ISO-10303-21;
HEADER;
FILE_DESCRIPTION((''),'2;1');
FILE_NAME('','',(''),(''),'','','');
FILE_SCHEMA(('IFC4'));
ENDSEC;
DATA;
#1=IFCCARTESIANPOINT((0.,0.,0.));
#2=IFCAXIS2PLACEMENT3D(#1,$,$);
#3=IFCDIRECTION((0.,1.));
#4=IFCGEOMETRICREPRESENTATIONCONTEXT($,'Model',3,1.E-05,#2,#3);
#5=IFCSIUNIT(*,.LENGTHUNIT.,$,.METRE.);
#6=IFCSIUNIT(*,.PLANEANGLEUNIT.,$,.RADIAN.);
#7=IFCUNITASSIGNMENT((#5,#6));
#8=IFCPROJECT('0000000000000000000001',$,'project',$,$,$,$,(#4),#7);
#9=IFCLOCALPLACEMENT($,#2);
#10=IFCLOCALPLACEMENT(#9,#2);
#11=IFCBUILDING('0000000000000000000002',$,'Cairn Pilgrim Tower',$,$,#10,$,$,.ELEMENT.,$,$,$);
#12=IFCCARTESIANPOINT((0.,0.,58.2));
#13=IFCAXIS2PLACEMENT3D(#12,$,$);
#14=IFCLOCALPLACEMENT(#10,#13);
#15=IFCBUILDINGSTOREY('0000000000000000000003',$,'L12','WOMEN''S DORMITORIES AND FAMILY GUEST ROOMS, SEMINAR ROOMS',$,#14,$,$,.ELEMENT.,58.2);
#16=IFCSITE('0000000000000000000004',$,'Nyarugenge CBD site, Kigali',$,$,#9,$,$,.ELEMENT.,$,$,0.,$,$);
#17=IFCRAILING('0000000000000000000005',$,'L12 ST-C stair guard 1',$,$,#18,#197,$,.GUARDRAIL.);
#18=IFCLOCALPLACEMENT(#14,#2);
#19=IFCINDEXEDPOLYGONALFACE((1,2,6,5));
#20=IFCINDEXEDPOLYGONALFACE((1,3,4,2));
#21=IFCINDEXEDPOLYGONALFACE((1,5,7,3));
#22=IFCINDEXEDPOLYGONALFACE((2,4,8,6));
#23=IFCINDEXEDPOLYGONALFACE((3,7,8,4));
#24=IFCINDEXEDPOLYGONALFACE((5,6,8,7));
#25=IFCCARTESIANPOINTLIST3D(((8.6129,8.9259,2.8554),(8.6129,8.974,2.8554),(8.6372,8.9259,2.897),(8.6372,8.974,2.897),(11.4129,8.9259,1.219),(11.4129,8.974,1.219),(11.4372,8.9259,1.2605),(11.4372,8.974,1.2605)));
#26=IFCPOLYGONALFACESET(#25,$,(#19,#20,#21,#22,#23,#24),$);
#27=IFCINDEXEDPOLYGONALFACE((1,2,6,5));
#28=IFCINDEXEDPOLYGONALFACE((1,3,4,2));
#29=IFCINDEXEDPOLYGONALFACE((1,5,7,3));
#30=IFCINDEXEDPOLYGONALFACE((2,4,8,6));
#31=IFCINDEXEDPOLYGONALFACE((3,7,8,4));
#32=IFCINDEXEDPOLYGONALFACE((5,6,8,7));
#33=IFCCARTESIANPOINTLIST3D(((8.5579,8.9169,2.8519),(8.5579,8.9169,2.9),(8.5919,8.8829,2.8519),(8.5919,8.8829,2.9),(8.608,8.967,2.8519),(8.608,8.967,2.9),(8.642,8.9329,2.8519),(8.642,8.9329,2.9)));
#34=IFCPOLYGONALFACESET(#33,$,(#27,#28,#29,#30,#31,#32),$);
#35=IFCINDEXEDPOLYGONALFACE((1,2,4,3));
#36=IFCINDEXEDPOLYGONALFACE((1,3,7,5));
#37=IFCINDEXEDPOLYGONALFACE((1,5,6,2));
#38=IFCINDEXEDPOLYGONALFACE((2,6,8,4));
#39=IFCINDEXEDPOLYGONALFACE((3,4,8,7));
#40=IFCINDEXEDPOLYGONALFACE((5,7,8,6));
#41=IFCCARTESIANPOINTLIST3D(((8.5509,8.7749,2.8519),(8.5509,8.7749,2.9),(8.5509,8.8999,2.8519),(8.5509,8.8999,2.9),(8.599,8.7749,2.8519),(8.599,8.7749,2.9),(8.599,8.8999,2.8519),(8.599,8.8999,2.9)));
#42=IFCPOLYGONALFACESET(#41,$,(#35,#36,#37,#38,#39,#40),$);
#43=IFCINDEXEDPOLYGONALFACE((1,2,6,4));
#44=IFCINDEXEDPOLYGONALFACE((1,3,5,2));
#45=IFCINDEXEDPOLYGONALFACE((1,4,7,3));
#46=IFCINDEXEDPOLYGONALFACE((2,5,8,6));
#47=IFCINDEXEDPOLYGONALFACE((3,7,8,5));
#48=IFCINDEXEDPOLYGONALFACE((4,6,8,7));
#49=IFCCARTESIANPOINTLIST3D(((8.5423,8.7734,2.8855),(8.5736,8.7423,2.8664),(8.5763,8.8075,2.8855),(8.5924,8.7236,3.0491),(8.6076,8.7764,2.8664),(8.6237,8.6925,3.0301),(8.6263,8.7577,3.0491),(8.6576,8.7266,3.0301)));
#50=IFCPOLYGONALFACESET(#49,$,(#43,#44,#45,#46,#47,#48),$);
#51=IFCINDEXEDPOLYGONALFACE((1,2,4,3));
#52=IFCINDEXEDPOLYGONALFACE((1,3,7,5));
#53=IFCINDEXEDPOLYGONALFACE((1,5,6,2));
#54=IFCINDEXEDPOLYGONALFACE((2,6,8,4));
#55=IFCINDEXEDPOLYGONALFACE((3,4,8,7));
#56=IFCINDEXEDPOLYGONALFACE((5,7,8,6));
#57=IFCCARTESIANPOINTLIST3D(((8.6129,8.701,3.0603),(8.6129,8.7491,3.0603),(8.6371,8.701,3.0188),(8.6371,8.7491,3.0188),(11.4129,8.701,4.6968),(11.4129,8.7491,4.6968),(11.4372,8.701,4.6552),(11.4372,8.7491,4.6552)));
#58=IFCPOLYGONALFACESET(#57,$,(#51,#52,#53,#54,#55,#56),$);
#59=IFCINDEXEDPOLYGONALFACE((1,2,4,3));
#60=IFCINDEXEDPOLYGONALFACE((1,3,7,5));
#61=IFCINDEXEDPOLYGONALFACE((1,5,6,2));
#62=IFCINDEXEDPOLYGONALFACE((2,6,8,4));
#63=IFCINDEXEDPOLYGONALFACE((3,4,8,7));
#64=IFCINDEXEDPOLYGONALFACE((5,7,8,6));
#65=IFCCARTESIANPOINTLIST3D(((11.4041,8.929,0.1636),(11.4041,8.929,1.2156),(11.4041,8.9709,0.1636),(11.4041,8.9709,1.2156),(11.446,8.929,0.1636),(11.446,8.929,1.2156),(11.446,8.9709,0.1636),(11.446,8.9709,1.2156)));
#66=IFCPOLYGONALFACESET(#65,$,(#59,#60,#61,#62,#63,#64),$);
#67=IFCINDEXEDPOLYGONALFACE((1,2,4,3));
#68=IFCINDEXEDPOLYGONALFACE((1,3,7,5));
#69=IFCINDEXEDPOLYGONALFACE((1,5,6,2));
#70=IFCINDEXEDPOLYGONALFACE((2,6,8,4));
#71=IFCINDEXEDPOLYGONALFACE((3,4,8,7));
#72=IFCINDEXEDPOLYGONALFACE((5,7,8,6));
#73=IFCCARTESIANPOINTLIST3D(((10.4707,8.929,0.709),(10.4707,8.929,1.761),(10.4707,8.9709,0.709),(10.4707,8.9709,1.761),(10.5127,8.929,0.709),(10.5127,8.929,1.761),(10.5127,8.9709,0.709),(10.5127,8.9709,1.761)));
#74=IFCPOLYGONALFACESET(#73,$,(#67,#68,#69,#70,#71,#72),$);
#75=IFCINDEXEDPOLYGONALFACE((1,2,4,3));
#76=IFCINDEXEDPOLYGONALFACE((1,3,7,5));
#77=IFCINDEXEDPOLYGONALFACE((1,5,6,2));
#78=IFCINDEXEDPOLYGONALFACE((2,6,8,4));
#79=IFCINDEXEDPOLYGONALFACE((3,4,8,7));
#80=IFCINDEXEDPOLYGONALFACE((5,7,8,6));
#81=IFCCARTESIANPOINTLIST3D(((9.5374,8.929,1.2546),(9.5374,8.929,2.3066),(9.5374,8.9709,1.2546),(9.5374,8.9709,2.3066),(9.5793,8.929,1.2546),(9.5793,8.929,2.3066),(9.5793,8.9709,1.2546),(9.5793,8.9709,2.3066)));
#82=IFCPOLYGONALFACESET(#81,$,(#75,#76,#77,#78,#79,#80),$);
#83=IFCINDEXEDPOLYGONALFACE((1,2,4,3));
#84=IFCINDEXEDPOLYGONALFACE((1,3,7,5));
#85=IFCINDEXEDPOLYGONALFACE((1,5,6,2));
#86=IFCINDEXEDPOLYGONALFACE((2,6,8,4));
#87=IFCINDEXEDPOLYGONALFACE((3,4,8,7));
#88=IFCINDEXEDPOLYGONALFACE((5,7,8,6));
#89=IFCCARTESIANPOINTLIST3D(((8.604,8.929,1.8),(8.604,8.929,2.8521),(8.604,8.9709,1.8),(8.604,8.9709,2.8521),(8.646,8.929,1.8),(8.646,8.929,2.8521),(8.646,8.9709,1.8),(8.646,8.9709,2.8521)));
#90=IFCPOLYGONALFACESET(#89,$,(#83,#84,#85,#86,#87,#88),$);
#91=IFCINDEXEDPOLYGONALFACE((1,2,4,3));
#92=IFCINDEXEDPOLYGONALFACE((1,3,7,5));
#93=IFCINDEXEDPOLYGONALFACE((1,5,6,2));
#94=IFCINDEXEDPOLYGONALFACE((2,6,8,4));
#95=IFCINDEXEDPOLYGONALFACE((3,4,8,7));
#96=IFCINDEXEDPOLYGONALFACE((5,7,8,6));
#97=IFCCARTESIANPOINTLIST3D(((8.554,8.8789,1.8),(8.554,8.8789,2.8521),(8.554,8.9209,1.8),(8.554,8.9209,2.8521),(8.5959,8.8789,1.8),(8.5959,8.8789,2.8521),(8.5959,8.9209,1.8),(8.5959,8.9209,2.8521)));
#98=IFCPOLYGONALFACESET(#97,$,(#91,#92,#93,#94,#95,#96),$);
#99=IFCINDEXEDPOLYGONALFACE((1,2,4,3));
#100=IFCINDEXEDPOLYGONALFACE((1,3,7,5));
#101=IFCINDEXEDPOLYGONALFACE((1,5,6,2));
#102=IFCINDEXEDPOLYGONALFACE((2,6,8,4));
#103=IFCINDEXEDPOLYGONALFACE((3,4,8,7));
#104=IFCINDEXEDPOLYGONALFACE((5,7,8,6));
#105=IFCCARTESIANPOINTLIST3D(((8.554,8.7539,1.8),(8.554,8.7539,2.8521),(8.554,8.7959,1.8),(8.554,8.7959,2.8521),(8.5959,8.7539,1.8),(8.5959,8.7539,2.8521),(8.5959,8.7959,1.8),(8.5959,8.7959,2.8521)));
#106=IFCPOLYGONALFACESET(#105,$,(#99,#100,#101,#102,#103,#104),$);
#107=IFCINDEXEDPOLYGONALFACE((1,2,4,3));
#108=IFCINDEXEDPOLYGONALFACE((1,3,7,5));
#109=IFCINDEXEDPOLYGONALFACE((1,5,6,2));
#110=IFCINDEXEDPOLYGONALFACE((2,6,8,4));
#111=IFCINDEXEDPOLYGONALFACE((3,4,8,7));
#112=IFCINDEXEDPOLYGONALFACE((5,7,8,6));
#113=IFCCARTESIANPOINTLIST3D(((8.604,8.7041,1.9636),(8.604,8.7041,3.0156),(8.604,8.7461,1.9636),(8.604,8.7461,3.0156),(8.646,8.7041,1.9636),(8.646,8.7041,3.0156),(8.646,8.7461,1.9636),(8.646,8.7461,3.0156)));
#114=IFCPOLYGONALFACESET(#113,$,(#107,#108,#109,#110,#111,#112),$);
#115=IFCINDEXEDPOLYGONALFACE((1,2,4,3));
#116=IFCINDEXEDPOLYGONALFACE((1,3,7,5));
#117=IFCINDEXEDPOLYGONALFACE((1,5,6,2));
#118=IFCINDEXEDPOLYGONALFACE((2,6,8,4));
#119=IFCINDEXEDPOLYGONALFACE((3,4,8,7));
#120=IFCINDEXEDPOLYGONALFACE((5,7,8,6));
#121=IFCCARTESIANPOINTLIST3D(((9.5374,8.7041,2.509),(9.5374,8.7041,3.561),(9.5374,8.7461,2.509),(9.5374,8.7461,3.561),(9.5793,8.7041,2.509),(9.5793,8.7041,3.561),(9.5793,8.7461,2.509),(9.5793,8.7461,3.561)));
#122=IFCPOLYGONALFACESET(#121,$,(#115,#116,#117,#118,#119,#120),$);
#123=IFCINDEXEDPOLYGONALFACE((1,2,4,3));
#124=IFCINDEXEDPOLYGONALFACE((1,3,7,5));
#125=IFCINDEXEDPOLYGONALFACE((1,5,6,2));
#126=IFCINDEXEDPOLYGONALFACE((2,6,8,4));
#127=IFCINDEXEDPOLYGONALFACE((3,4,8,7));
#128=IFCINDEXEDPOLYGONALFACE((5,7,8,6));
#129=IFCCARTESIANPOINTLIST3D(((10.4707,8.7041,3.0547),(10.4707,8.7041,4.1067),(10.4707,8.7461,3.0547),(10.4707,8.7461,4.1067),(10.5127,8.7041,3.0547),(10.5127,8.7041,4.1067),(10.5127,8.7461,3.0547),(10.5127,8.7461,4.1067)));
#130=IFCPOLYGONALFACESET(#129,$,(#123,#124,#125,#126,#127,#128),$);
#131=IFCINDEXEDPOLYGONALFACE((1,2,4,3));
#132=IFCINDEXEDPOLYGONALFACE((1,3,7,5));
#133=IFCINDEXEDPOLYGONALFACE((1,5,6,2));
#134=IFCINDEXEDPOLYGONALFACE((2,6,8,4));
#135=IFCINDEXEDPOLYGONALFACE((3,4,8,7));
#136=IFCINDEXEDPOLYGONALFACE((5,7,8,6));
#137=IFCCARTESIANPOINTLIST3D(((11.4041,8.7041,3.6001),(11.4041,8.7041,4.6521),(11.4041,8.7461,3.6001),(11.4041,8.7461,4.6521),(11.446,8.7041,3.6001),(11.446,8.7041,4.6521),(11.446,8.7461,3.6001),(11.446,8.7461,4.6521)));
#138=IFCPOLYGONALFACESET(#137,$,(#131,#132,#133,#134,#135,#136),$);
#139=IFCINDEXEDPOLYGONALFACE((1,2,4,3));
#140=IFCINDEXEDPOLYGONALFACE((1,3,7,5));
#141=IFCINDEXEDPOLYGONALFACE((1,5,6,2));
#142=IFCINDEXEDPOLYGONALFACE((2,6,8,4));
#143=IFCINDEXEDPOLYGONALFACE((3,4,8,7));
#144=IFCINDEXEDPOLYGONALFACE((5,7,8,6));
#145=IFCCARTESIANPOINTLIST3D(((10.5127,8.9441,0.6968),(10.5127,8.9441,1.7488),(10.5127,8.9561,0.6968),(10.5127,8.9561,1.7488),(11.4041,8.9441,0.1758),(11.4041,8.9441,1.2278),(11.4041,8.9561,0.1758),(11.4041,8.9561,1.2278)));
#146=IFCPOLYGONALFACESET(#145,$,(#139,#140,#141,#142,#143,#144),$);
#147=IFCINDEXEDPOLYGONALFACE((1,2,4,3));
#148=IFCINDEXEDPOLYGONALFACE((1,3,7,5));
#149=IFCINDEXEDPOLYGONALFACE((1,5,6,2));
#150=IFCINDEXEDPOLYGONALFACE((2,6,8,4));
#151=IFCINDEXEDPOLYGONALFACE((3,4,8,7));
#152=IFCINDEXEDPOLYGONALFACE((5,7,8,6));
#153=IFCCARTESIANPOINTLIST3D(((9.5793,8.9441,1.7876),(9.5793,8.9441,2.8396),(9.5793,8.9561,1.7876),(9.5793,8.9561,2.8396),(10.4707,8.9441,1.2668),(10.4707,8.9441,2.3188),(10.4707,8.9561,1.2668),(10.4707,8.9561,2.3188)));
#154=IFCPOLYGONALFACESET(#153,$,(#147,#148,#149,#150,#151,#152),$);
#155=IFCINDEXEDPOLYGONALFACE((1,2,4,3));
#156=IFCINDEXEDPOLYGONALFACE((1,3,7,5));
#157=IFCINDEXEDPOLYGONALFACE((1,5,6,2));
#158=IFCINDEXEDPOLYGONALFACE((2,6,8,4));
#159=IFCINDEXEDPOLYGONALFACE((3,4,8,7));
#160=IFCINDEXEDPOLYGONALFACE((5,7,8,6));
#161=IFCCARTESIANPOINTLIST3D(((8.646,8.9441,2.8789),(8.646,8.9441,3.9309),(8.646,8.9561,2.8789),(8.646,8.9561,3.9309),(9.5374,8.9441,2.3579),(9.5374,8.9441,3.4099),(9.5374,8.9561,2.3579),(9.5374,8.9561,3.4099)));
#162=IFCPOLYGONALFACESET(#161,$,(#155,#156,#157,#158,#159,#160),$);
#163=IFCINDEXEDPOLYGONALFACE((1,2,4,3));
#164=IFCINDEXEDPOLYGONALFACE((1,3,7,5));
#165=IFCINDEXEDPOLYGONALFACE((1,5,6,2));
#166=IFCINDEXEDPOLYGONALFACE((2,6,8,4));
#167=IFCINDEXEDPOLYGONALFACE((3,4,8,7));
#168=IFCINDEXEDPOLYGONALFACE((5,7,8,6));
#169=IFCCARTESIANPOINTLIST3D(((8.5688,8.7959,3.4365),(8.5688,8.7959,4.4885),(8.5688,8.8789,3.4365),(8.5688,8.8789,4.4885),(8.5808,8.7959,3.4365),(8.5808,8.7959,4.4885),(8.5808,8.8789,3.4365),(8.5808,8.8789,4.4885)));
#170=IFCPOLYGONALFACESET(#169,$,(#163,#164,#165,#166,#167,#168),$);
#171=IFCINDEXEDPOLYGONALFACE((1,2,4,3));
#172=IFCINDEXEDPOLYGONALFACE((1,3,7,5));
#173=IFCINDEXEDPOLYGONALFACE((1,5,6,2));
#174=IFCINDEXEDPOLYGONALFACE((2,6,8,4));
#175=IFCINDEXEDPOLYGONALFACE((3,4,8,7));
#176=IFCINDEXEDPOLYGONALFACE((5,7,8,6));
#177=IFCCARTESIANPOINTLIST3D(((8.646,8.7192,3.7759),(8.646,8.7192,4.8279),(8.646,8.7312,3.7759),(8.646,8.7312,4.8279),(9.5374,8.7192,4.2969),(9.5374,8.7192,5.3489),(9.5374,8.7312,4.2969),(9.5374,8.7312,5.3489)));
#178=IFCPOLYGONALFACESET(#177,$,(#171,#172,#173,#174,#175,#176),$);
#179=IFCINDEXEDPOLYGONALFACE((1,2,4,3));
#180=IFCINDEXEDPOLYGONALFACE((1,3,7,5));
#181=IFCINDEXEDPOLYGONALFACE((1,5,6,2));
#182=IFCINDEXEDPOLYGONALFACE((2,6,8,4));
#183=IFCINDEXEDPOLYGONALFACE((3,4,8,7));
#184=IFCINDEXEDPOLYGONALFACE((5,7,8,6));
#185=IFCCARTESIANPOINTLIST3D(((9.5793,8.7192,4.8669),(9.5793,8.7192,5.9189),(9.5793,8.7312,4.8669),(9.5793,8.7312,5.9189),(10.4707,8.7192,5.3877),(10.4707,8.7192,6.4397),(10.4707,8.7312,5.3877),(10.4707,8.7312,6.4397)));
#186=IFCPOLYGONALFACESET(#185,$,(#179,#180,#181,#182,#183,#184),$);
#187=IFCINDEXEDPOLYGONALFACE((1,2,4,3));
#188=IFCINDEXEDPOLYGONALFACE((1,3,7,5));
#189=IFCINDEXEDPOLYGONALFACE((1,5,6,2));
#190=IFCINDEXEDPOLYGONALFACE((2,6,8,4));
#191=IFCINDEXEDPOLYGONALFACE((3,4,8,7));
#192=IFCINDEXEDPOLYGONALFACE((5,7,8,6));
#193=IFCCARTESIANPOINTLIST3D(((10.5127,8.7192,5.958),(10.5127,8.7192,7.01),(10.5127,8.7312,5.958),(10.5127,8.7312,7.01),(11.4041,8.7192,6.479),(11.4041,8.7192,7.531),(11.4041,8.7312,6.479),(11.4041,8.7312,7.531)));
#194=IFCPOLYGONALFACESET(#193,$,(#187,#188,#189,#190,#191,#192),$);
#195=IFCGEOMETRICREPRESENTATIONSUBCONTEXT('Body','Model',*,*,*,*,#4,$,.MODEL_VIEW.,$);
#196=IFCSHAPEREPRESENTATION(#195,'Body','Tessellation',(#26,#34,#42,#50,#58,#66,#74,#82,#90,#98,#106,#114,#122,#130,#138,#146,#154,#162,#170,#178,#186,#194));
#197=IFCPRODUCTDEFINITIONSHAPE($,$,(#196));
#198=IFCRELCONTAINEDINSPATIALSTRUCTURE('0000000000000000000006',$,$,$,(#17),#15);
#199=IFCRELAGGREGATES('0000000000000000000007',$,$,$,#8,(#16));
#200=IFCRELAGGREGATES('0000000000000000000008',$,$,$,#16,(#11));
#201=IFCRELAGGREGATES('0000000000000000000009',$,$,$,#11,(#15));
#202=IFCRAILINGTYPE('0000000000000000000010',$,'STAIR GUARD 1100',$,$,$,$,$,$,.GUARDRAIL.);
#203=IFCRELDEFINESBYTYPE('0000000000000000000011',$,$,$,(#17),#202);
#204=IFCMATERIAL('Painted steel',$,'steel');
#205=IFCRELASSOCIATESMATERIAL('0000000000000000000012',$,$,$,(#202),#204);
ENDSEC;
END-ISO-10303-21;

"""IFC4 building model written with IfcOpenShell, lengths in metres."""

from ifc_helpers import new_model, si_unit, direction, frame, origin, origin_2d, place, context, subcontext, project, spatial, polyline, rectangle, outline, extrude, material, type_object, element, save


model = new_model("IFC4")

# Units and contexts
model_context = context("Model", 3, precision=1e-05, world=origin(), true_north=direction((0.0, 1.0)))
body_context = subcontext(model_context, "Body", "Model", "MODEL_VIEW")
ifc_project = project(units=[si_unit("LENGTHUNIT", "METRE"), si_unit("PLANEANGLEUNIT", "RADIAN")], contexts=[model_context])

# Site, building, storey
site_placement = place(None, origin())
site = spatial("IfcSite", under=ifc_project, at=site_placement, Name="Nyarugenge CBD site, Kigali", CompositionType="ELEMENT", RefElevation=0.0)
building_placement = place(site_placement, origin())
building = spatial("IfcBuilding", under=site, at=building_placement, Name="Cairn Pilgrim Tower", CompositionType="ELEMENT")
storey_placement = place(building_placement, frame((0.0, 0.0, 58.2)))
storey = spatial("IfcBuildingStorey", under=building, at=storey_placement, Name="L12", Description="WOMEN'S DORMITORIES AND FAMILY GUEST ROOMS, SEMINAR ROOMS", CompositionType="ELEMENT", Elevation=58.2)

# Shared definitions
ifc_material_1 = material(Name="Painted steel", Category="steel")

# Railing
railing_type_1 = type_object("IfcRailingType", Name="STAIR GUARD 1100", PredefinedType="GUARDRAIL", material=ifc_material_1)
railing_1_placement = place(storey_placement, frame((11.425, 8.95, 0.1636)))
element("IfcRailing", 1, at=railing_1_placement, inside=storey, type_object=railing_type_1, Name="L12 ST-C stair guard 1", PredefinedType="GUARDRAIL", context=body_context, shape_type="SweptSolid", body=[
    extrude(rectangle(XDim=0.0481, YDim=0.0481, at=origin_2d()), frame((0.0, 0.0, 1.0762), z_axis=(-0.863361, 0.0, 0.504587), x_axis=(0.0, -1.0, 0.0)), (0.0, 0.0, 1.0), 3.2432),
    extrude(rectangle(XDim=0.0481, YDim=0.0481, at=origin_2d()), frame((-2.8, 0.0, 2.7124), z_axis=(-0.707107, -0.707107, 0.0), x_axis=(0.707107, -0.707107, 0.0)), (0.0, 0.0, 1.0), 0.0708),
    extrude(rectangle(XDim=0.0481, YDim=0.0481, at=origin_2d()), frame((-2.8501, -0.05, 2.7124), z_axis=(0.0, -1.0, 0.0), x_axis=(1.0, 0.0, 0.0)), (0.0, 0.0, 1.0), 0.125),
    extrude(rectangle(XDim=0.0481, YDim=0.0481, at=origin_2d()), frame((-2.8501, -0.175, 2.7124), z_axis=(0.280917, -0.279546, 0.918118), x_axis=(0.705376, 0.708834, 0.0)), (0.0, 0.0, 1.0), 0.1782),
    extrude(rectangle(XDim=0.0481, YDim=0.0481, at=origin_2d()), frame((-2.8, -0.2249, 2.876), z_axis=(0.863361, 0.0, 0.504587), x_axis=(0.0, 1.0, 0.0)), (0.0, 0.0, 1.0), 3.2432),
    extrude(rectangle(XDim=0.042, YDim=0.042, at=origin_2d()), origin(), (0.0, 0.0, 1.0), 1.052),
    extrude(rectangle(XDim=0.042, YDim=0.042, at=origin_2d()), frame((-0.9333, 0.0, 0.5454)), (0.0, 0.0, 1.0), 1.052),
    extrude(rectangle(XDim=0.042, YDim=0.042, at=origin_2d()), frame((-1.8667, 0.0, 1.0911)), (0.0, 0.0, 1.0), 1.052),
    extrude(rectangle(XDim=0.042, YDim=0.042, at=origin_2d()), frame((-2.8, 0.0, 1.6365)), (0.0, 0.0, 1.0), 1.052),
    extrude(rectangle(XDim=0.042, YDim=0.042, at=origin_2d()), frame((-2.8501, -0.05, 1.6365)), (0.0, 0.0, 1.0), 1.052),
    extrude(rectangle(XDim=0.042, YDim=0.042, at=origin_2d()), frame((-2.8501, -0.175, 1.6365)), (0.0, 0.0, 1.0), 1.052),
    extrude(rectangle(XDim=0.042, YDim=0.042, at=origin_2d()), frame((-2.8, -0.2249, 1.8)), (0.0, 0.0, 1.0), 1.052),
    extrude(rectangle(XDim=0.042, YDim=0.042, at=origin_2d()), frame((-1.8667, -0.2249, 2.3455)), (0.0, 0.0, 1.0), 1.052),
    extrude(rectangle(XDim=0.042, YDim=0.042, at=origin_2d()), frame((-0.9333, -0.2249, 2.8911)), (0.0, 0.0, 1.0), 1.052),
    extrude(rectangle(XDim=0.042, YDim=0.042, at=origin_2d()), frame((0.0, -0.2249, 3.4365)), (0.0, 0.0, 1.0), 1.052),
    extrude(outline(polyline([(0.021, 0.0122), (0.9124, 0.5332), (0.9124, 1.5852), (0.021, 1.0642), (0.021, 0.0122)])), frame((0.0, -0.0059, 0.0), z_axis=(0.0, 1.0, 0.0), x_axis=(-1.0, 0.0, 0.0)), (0.0, 0.0, 1.0), 0.012),
    extrude(outline(polyline([(0.021, 0.5579), (0.9124, 1.0786), (0.9124, 2.1306), (0.021, 1.6099), (0.021, 0.5579)])), frame((-0.9333, -0.0059, 0.5454), z_axis=(0.0, 1.0, 0.0), x_axis=(-1.0, 0.0, 0.0)), (0.0, 0.0, 1.0), 0.012),
    extrude(outline(polyline([(0.021, 1.1033), (0.9124, 1.6243), (0.9124, 2.6763), (0.021, 2.1553), (0.021, 1.1033)])), frame((-1.8667, -0.0059, 1.0911), z_axis=(0.0, 1.0, 0.0), x_axis=(-1.0, 0.0, 0.0)), (0.0, 0.0, 1.0), 0.012),
    extrude(outline(polyline([(0.021, 1.6365), (0.104, 1.6365), (0.104, 2.6885), (0.021, 2.6885), (0.021, 1.6365)])), frame((-2.8442, -0.05, 1.6365), z_axis=(-1.0, 0.0, 0.0), x_axis=(0.0, -1.0, 0.0)), (0.0, 0.0, 1.0), 0.012),
    extrude(outline(polyline([(0.021, 1.8123), (0.9124, 2.3333), (0.9124, 3.3853), (0.021, 2.8643), (0.021, 1.8123)])), frame((-2.8, -0.2188, 1.8), z_axis=(0.0, -1.0, 0.0), x_axis=(1.0, 0.0, 0.0)), (0.0, 0.0, 1.0), 0.012),
    extrude(outline(polyline([(0.021, 2.3579), (0.9124, 2.8787), (0.9124, 3.9307), (0.021, 3.4099), (0.021, 2.3579)])), frame((-1.8667, -0.2188, 2.3455), z_axis=(0.0, -1.0, 0.0), x_axis=(1.0, 0.0, 0.0)), (0.0, 0.0, 1.0), 0.012),
    extrude(outline(polyline([(0.021, 2.9033), (0.9124, 3.4243), (0.9124, 4.4763), (0.021, 3.9553), (0.021, 2.9033)])), frame((-0.9333, -0.2188, 2.8911), z_axis=(0.0, -1.0, 0.0), x_axis=(1.0, 0.0, 0.0)), (0.0, 0.0, 1.0), 0.012),
])

save(model, "model.ifc")
